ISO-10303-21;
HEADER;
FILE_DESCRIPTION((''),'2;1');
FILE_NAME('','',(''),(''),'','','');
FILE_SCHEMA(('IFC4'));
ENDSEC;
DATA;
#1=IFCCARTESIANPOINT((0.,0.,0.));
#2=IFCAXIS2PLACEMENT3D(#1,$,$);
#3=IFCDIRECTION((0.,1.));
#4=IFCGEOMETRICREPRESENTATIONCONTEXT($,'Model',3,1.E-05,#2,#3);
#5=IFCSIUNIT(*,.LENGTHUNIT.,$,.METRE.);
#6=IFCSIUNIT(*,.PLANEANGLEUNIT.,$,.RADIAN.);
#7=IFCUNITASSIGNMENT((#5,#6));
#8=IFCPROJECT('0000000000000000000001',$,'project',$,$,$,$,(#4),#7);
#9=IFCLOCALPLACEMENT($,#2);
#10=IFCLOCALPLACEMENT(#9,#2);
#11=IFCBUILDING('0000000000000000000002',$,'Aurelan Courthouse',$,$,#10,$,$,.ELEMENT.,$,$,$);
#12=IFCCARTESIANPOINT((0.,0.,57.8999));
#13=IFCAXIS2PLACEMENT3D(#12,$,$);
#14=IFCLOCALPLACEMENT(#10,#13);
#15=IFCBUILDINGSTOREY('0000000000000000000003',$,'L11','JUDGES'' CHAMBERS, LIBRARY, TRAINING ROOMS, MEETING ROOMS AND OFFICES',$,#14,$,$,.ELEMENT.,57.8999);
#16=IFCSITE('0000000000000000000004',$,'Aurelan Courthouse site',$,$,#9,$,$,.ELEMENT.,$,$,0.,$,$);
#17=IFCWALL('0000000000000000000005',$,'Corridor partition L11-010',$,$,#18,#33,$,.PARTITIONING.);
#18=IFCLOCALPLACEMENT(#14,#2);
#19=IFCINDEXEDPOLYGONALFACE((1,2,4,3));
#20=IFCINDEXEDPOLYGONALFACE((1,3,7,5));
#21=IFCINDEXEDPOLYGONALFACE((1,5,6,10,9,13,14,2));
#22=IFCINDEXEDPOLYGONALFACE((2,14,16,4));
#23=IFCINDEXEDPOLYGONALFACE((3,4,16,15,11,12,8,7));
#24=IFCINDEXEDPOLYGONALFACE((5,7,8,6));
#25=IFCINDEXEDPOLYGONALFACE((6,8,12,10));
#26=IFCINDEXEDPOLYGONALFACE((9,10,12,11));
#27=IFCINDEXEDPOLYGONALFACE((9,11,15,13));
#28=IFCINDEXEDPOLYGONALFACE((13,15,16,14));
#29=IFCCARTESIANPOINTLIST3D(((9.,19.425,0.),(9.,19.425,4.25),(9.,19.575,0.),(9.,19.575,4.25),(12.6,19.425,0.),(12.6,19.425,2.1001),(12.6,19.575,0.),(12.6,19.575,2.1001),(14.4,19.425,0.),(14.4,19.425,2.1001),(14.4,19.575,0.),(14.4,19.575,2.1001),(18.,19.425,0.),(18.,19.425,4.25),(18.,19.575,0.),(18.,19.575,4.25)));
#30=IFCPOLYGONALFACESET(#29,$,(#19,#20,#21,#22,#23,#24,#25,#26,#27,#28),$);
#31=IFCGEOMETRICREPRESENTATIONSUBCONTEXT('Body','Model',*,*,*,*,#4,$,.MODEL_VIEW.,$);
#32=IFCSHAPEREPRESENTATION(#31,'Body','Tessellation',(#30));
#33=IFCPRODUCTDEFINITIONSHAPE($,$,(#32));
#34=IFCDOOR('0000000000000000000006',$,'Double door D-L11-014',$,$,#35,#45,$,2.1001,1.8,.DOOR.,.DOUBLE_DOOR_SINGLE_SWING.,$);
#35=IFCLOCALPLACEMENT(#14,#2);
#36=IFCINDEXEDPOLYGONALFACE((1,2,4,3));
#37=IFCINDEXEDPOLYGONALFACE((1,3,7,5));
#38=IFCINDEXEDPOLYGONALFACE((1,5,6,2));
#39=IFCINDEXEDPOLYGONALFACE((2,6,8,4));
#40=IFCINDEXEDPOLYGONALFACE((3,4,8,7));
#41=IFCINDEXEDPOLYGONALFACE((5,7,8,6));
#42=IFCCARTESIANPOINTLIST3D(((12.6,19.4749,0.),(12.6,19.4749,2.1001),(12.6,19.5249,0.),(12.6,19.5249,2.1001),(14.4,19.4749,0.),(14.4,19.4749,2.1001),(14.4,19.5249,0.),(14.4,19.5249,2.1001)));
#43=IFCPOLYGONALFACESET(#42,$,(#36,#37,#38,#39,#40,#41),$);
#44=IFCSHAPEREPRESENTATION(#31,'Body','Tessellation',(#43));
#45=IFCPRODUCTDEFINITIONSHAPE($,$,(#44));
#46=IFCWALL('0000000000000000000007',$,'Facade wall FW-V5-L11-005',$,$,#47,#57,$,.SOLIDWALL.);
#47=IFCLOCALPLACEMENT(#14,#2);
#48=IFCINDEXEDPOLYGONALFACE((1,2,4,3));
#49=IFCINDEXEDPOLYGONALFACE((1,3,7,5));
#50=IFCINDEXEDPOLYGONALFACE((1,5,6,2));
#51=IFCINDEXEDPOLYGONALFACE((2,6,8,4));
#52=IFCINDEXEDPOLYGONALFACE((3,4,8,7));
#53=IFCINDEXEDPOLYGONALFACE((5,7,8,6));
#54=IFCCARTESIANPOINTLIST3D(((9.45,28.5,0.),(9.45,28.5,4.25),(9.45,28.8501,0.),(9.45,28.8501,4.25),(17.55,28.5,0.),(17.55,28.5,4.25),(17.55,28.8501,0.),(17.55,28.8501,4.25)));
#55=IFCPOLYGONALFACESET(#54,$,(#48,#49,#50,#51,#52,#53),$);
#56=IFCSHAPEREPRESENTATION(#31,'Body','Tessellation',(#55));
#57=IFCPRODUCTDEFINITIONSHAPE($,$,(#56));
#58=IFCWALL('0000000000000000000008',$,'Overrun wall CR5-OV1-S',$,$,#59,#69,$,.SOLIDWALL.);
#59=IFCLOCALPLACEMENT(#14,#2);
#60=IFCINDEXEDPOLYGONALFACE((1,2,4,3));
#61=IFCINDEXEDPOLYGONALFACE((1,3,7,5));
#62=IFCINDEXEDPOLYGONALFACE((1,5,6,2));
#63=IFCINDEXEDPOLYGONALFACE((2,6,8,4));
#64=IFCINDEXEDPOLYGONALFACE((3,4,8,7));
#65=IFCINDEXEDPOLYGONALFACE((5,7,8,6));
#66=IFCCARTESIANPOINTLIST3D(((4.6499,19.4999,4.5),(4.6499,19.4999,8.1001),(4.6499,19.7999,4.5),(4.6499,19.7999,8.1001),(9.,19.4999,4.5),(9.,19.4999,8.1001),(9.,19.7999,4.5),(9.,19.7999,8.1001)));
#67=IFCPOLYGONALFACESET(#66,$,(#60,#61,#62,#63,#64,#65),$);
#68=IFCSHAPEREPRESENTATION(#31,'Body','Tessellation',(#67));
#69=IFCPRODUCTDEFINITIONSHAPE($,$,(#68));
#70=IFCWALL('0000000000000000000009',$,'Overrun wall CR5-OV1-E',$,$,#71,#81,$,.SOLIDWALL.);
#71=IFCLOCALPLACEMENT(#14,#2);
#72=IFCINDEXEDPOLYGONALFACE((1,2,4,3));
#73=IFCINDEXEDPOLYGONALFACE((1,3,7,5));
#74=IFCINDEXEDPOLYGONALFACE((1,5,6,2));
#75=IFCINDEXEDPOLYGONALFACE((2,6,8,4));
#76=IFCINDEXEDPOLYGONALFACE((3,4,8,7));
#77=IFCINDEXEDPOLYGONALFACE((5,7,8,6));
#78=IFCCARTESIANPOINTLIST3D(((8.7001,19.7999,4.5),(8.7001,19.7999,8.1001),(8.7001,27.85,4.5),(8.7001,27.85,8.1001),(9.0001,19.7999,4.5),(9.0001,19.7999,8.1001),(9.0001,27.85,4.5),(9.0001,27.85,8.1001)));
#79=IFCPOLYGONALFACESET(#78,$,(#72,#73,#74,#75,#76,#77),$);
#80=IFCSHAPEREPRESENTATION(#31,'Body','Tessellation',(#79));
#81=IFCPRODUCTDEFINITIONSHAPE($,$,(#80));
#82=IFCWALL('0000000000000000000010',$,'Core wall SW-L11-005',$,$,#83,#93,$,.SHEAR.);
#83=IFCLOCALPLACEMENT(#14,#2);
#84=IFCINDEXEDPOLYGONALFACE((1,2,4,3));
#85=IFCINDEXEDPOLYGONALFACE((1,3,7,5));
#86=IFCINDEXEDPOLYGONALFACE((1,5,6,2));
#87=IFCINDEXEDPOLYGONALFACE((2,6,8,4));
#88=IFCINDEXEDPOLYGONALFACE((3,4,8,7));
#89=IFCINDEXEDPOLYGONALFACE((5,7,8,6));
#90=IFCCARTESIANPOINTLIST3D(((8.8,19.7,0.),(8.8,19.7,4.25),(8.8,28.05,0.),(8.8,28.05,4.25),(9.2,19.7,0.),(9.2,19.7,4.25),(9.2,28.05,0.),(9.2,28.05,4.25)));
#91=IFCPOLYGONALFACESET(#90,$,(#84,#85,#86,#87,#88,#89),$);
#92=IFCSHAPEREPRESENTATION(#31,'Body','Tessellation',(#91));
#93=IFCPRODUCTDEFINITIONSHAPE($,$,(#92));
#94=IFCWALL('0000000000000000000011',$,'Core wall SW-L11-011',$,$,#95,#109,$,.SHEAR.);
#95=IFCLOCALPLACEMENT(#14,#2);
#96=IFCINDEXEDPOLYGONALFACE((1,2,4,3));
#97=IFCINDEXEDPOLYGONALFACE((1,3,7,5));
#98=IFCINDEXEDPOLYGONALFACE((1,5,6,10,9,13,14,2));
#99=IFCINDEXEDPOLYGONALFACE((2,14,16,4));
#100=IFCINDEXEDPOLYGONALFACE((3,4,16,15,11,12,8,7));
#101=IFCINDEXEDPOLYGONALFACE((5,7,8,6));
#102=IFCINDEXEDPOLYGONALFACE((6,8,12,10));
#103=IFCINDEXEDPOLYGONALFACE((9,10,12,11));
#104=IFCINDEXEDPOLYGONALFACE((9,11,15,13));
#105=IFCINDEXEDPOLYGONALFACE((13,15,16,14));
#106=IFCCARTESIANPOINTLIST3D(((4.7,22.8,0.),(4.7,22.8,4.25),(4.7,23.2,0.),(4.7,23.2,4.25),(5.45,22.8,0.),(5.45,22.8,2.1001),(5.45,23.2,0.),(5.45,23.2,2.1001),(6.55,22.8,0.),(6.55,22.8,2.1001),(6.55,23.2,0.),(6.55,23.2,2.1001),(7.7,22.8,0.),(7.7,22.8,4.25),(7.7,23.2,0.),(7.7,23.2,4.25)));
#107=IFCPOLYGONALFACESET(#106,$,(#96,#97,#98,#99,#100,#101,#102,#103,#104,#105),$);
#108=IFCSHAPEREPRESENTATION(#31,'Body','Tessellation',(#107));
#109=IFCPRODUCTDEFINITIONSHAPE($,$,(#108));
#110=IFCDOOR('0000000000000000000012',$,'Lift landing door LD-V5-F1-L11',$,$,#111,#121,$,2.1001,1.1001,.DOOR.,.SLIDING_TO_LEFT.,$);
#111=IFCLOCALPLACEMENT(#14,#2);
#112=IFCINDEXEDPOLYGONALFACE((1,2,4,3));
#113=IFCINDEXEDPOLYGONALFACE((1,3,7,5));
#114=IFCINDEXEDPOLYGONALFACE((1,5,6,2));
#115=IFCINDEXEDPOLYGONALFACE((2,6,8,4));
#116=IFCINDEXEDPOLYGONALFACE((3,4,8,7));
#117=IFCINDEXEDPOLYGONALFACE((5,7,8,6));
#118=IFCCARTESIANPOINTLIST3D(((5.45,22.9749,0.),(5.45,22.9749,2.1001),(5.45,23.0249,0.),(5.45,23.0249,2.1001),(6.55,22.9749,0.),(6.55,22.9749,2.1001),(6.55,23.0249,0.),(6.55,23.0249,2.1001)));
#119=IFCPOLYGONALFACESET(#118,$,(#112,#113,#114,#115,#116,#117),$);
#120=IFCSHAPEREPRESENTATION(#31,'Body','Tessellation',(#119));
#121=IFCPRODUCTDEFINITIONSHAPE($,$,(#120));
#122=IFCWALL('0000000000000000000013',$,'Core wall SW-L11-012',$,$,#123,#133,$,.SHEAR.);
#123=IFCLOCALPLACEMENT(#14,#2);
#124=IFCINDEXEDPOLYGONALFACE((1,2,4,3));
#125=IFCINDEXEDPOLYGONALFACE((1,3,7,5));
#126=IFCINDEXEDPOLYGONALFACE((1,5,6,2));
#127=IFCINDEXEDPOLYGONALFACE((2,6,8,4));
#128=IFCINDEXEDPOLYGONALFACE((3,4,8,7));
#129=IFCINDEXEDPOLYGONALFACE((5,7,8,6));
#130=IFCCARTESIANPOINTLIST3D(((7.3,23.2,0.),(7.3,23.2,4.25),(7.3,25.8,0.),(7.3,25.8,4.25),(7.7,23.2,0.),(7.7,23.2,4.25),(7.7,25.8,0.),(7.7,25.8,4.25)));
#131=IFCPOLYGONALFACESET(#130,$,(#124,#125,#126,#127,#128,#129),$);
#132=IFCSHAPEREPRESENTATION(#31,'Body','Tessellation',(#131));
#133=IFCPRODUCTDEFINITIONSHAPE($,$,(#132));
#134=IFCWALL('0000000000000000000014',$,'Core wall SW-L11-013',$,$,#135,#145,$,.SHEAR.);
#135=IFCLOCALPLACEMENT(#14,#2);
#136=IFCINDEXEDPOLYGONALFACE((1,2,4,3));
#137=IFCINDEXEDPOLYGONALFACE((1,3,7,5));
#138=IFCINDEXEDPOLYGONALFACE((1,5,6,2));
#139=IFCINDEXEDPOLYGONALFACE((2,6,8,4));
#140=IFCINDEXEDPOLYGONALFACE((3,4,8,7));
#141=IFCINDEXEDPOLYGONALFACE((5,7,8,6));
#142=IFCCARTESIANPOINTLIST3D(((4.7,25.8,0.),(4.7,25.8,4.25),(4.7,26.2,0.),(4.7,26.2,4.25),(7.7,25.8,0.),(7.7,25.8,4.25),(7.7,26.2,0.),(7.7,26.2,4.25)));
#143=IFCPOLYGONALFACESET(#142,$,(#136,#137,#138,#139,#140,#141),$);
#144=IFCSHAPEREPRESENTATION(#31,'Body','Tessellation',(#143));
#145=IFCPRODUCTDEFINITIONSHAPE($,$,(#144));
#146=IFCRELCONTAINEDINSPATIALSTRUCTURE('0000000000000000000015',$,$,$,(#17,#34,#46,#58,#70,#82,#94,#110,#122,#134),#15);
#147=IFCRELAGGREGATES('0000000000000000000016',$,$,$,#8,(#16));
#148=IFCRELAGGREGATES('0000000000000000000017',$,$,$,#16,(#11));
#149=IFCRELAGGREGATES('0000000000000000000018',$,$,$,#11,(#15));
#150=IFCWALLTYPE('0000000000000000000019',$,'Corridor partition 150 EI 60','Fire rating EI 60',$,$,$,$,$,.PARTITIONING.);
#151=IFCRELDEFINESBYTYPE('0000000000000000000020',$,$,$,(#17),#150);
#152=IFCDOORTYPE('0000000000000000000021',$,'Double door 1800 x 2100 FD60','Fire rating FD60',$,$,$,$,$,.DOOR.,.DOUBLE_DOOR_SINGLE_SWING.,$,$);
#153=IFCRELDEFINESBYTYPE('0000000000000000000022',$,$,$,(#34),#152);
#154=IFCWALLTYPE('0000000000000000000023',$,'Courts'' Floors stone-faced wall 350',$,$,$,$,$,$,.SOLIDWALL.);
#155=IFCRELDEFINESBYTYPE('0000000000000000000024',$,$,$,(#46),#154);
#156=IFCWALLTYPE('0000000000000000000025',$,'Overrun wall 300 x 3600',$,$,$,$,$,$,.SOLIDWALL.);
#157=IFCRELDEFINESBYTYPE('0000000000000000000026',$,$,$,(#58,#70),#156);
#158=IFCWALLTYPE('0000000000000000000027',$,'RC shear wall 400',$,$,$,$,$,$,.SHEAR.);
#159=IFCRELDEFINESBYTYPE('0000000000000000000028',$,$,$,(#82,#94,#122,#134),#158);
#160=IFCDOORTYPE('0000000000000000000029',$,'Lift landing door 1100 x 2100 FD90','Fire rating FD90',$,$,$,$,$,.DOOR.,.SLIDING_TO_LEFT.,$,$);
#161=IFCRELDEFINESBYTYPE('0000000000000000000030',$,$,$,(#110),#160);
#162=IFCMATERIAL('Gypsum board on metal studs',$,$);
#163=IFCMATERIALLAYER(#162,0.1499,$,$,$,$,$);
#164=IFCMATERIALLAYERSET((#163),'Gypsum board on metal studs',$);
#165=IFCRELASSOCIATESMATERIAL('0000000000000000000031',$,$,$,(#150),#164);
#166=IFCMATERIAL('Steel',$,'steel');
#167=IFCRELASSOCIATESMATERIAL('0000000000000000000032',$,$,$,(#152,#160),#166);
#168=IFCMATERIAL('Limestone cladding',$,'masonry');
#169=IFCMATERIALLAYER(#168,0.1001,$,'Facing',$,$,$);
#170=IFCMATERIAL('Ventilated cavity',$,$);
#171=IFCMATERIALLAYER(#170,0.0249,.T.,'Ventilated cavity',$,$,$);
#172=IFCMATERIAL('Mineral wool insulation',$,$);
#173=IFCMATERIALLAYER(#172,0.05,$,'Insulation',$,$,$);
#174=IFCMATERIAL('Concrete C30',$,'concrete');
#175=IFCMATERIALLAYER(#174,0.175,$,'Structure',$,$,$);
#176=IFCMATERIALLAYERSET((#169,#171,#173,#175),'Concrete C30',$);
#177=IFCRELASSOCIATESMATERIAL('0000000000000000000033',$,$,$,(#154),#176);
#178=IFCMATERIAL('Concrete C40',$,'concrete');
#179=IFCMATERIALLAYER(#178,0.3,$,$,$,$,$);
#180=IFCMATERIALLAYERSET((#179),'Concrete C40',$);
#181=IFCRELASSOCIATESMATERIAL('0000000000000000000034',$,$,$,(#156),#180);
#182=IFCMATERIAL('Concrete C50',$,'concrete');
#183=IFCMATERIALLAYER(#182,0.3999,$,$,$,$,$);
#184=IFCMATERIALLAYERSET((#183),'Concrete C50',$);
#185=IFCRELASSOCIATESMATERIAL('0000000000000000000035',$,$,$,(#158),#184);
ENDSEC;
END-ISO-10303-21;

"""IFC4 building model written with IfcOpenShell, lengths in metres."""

from ifc_helpers import new_model, si_unit, direction, frame, frame_2d, origin, place, context, subcontext, project, spatial, rectangle, extrude, material, layer, layer_set, type_object, element, fill, save


model = new_model("IFC4")

# Units and contexts
model_context = context("Model", 3, precision=1e-05, world=origin(), true_north=direction((0.0, 1.0)))
body_context = subcontext(model_context, "Body", "Model", "MODEL_VIEW")
ifc_project = project(units=[si_unit("LENGTHUNIT", "METRE"), si_unit("PLANEANGLEUNIT", "RADIAN")], contexts=[model_context])

# Site, building, storey
site_placement = place(None, origin())
site = spatial("IfcSite", under=ifc_project, at=site_placement, Name="Aurelan Courthouse site", CompositionType="ELEMENT", RefElevation=0.0)
building_placement = place(site_placement, origin())
building = spatial("IfcBuilding", under=site, at=building_placement, Name="Aurelan Courthouse", CompositionType="ELEMENT")
storey_placement = place(building_placement, frame((0.0, 0.0, 57.8999)))
storey = spatial("IfcBuildingStorey", under=building, at=storey_placement, Name="L11", Description="JUDGES' CHAMBERS, LIBRARY, TRAINING ROOMS, MEETING ROOMS AND OFFICES", CompositionType="ELEMENT", Elevation=57.8999)

# Shared definitions
ifc_material_1 = material(Name="Concrete C50", Category="concrete")

# Shared definitions
ifc_material_2 = material(Name="Limestone cladding", Category="masonry")

# Wall, opening, door
ifc_material_3 = material(Name="Gypsum board on metal studs")
ifc_layer_1 = layer(ifc_material_3, 0.1499)
ifc_layer_set_1 = layer_set([ifc_layer_1], Name="Gypsum board on metal studs")
wall_type_1 = type_object("IfcWallType", Name="Corridor partition 150 EI 60", Description="Fire rating EI 60", PredefinedType="PARTITIONING", material=ifc_layer_set_1)
wall_1_placement = place(storey_placement, frame((9.0, 19.5, 0.0), z_axis=(0.0, 0.0, 1.0), x_axis=(1.0, 0.0, 0.0)))
wall_1 = element("IfcWall", 1, at=wall_1_placement, inside=storey, type_object=wall_type_1, Name="Corridor partition L11-010", PredefinedType="PARTITIONING", context=body_context, shape_type="SweptSolid", body=[
    extrude(rectangle(XDim=9.0, YDim=0.1499, at=frame_2d((4.5, 0.0))), origin(), (0.0, 0.0, 1.0), 4.25),
])
opening_1_placement = place(wall_1_placement, frame((3.6001, 0.0, 0.0)))
opening_1 = element("IfcOpeningElement", 2, at=opening_1_placement, cuts=wall_1, PredefinedType="OPENING", context=body_context, shape_type="SweptSolid", body=[
    extrude(rectangle(XDim=1.8, YDim=2.1001, at=frame_2d((0.8999, 1.05))), frame((0.0, 0.085, 0.0), z_axis=(0.0, -1.0, 0.0), x_axis=(1.0, 0.0, 0.0)), (0.0, 0.0, 1.0), 0.1699),
])
ifc_material_4 = material(Name="Steel", Category="steel")
door_type_1 = type_object("IfcDoorType", Name="Double door 1800 x 2100 FD60", Description="Fire rating FD60", OperationType="DOUBLE_DOOR_SINGLE_SWING", PredefinedType="DOOR", material=ifc_material_4)
door_1_placement = place(opening_1_placement, origin())
door_1 = element("IfcDoor", 3, at=door_1_placement, inside=storey, type_object=door_type_1, Name="Double door D-L11-014", OperationType="DOUBLE_DOOR_SINGLE_SWING", OverallHeight=2.1001, OverallWidth=1.8, PredefinedType="DOOR", context=body_context, shape_type="SweptSolid", body=[
    extrude(rectangle(XDim=1.8, YDim=2.1001, at=frame_2d((0.8999, 1.05))), frame((0.0, 0.0249, 0.0), z_axis=(0.0, -1.0, 0.0), x_axis=(1.0, 0.0, 0.0)), (0.0, 0.0, 1.0), 0.05),
])
fill(opening_1, door_1)

# Walls
ifc_layer_2 = layer(ifc_material_2, 0.1001, Name="Facing")
ifc_material_5 = material(Name="Ventilated cavity")
ifc_layer_3 = layer(ifc_material_5, 0.0249, ventilated=True, Name="Ventilated cavity")
ifc_material_6 = material(Name="Mineral wool insulation")
ifc_layer_4 = layer(ifc_material_6, 0.05, Name="Insulation")
ifc_material_7 = material(Name="Concrete C30", Category="concrete")
ifc_layer_5 = layer(ifc_material_7, 0.175, Name="Structure")
ifc_layer_set_2 = layer_set([ifc_layer_2, ifc_layer_3, ifc_layer_4, ifc_layer_5], Name="Concrete C30")
wall_type_2 = type_object("IfcWallType", Name="Courts' Floors stone-faced wall 350", PredefinedType="SOLIDWALL", material=ifc_layer_set_2)
wall_2_placement = place(storey_placement, frame((9.45, 28.675, 0.0), z_axis=(0.0, 0.0, 1.0), x_axis=(1.0, 0.0, 0.0)))
element("IfcWall", 4, at=wall_2_placement, inside=storey, type_object=wall_type_2, Name="Facade wall FW-V5-L11-005", PredefinedType="SOLIDWALL", context=body_context, shape_type="SweptSolid", body=[
    extrude(rectangle(XDim=8.1001, YDim=0.3501, at=frame_2d((4.05, 0.0))), origin(), (0.0, 0.0, 1.0), 4.25),
])
ifc_material_8 = material(Name="Concrete C40", Category="concrete")
ifc_layer_6 = layer(ifc_material_8, 0.3)
ifc_layer_set_3 = layer_set([ifc_layer_6], Name="Concrete C40")
wall_type_3 = type_object("IfcWallType", Name="Overrun wall 300 x 3600", PredefinedType="SOLIDWALL", material=ifc_layer_set_3)
wall_3_placement = place(storey_placement, frame((4.6499, 19.6499, 4.5), z_axis=(0.0, 0.0, 1.0), x_axis=(1.0, 0.0, 0.0)))
element("IfcWall", 5, at=wall_3_placement, inside=storey, type_object=wall_type_3, Name="Overrun wall CR5-OV1-S", PredefinedType="SOLIDWALL", context=body_context, shape_type="SweptSolid", body=[
    extrude(rectangle(XDim=4.3501, YDim=0.3, at=frame_2d((2.175, 0.0))), origin(), (0.0, 0.0, 1.0), 3.6001),
])
wall_4_placement = place(storey_placement, frame((8.8501, 19.8, 4.5), z_axis=(0.0, 0.0, 1.0), x_axis=(0.0, 1.0, 0.0)))
element("IfcWall", 6, at=wall_4_placement, inside=storey, type_object=wall_type_3, Name="Overrun wall CR5-OV1-E", PredefinedType="SOLIDWALL", context=body_context, shape_type="SweptSolid", body=[
    extrude(rectangle(XDim=8.05, YDim=0.3, at=frame_2d((4.0249, 0.0))), origin(), (0.0, 0.0, 1.0), 3.6001),
])
ifc_layer_7 = layer(ifc_material_1, 0.3999)
ifc_layer_set_4 = layer_set([ifc_layer_7], Name="Concrete C50")
wall_type_4 = type_object("IfcWallType", Name="RC shear wall 400", PredefinedType="SHEAR", material=ifc_layer_set_4)
wall_5_placement = place(storey_placement, frame((9.0, 19.7, 0.0), z_axis=(0.0, 0.0, 1.0), x_axis=(0.0, 1.0, 0.0)))
element("IfcWall", 7, at=wall_5_placement, inside=storey, type_object=wall_type_4, Name="Core wall SW-L11-005", PredefinedType="SHEAR", context=body_context, shape_type="SweptSolid", body=[
    extrude(rectangle(XDim=8.3501, YDim=0.3999, at=frame_2d((4.175, 0.0))), origin(), (0.0, 0.0, 1.0), 4.25),
])

# Wall, opening, door
wall_6_placement = place(storey_placement, frame((4.7, 23.0, 0.0), z_axis=(0.0, 0.0, 1.0), x_axis=(1.0, 0.0, 0.0)))
wall_6 = element("IfcWall", 8, at=wall_6_placement, inside=storey, type_object=wall_type_4, Name="Core wall SW-L11-011", PredefinedType="SHEAR", context=body_context, shape_type="SweptSolid", body=[
    extrude(rectangle(XDim=3.0, YDim=0.3999, at=frame_2d((1.5, 0.0))), origin(), (0.0, 0.0, 1.0), 4.25),
])
opening_2_placement = place(wall_6_placement, frame((0.75, 0.0, 0.0)))
opening_2 = element("IfcOpeningElement", 9, at=opening_2_placement, cuts=wall_6, PredefinedType="OPENING", context=body_context, shape_type="SweptSolid", body=[
    extrude(rectangle(XDim=1.1001, YDim=2.1001, at=frame_2d((0.55, 1.05))), frame((0.0, 0.21, 0.0), z_axis=(0.0, -1.0, 0.0), x_axis=(1.0, 0.0, 0.0)), (0.0, 0.0, 1.0), 0.4199),
])
door_type_2 = type_object("IfcDoorType", Name="Lift landing door 1100 x 2100 FD90", Description="Fire rating FD90", OperationType="SLIDING_TO_LEFT", PredefinedType="DOOR", material=ifc_material_4)
door_2_placement = place(opening_2_placement, origin())
door_2 = element("IfcDoor", 10, at=door_2_placement, inside=storey, type_object=door_type_2, Name="Lift landing door LD-V5-F1-L11", OperationType="SLIDING_TO_LEFT", OverallHeight=2.1001, OverallWidth=1.1001, PredefinedType="DOOR", context=body_context, shape_type="SweptSolid", body=[
    extrude(rectangle(XDim=1.1001, YDim=2.1001, at=frame_2d((0.55, 1.05))), frame((0.0, 0.0249, 0.0), z_axis=(0.0, -1.0, 0.0), x_axis=(1.0, 0.0, 0.0)), (0.0, 0.0, 1.0), 0.05),
])
fill(opening_2, door_2)

# Walls
wall_7_placement = place(storey_placement, frame((7.5, 23.2, 0.0), z_axis=(0.0, 0.0, 1.0), x_axis=(0.0, 1.0, 0.0)))
element("IfcWall", 11, at=wall_7_placement, inside=storey, type_object=wall_type_4, Name="Core wall SW-L11-012", PredefinedType="SHEAR", context=body_context, shape_type="SweptSolid", body=[
    extrude(rectangle(XDim=2.6001, YDim=0.3999, at=frame_2d((1.3, 0.0))), origin(), (0.0, 0.0, 1.0), 4.25),
])
wall_8_placement = place(storey_placement, frame((4.7, 26.0, 0.0), z_axis=(0.0, 0.0, 1.0), x_axis=(1.0, 0.0, 0.0)))
element("IfcWall", 12, at=wall_8_placement, inside=storey, type_object=wall_type_4, Name="Core wall SW-L11-013", PredefinedType="SHEAR", context=body_context, shape_type="SweptSolid", body=[
    extrude(rectangle(XDim=3.0, YDim=0.3999, at=frame_2d((1.5, 0.0))), origin(), (0.0, 0.0, 1.0), 4.25),
])

save(model, "model.ifc")
